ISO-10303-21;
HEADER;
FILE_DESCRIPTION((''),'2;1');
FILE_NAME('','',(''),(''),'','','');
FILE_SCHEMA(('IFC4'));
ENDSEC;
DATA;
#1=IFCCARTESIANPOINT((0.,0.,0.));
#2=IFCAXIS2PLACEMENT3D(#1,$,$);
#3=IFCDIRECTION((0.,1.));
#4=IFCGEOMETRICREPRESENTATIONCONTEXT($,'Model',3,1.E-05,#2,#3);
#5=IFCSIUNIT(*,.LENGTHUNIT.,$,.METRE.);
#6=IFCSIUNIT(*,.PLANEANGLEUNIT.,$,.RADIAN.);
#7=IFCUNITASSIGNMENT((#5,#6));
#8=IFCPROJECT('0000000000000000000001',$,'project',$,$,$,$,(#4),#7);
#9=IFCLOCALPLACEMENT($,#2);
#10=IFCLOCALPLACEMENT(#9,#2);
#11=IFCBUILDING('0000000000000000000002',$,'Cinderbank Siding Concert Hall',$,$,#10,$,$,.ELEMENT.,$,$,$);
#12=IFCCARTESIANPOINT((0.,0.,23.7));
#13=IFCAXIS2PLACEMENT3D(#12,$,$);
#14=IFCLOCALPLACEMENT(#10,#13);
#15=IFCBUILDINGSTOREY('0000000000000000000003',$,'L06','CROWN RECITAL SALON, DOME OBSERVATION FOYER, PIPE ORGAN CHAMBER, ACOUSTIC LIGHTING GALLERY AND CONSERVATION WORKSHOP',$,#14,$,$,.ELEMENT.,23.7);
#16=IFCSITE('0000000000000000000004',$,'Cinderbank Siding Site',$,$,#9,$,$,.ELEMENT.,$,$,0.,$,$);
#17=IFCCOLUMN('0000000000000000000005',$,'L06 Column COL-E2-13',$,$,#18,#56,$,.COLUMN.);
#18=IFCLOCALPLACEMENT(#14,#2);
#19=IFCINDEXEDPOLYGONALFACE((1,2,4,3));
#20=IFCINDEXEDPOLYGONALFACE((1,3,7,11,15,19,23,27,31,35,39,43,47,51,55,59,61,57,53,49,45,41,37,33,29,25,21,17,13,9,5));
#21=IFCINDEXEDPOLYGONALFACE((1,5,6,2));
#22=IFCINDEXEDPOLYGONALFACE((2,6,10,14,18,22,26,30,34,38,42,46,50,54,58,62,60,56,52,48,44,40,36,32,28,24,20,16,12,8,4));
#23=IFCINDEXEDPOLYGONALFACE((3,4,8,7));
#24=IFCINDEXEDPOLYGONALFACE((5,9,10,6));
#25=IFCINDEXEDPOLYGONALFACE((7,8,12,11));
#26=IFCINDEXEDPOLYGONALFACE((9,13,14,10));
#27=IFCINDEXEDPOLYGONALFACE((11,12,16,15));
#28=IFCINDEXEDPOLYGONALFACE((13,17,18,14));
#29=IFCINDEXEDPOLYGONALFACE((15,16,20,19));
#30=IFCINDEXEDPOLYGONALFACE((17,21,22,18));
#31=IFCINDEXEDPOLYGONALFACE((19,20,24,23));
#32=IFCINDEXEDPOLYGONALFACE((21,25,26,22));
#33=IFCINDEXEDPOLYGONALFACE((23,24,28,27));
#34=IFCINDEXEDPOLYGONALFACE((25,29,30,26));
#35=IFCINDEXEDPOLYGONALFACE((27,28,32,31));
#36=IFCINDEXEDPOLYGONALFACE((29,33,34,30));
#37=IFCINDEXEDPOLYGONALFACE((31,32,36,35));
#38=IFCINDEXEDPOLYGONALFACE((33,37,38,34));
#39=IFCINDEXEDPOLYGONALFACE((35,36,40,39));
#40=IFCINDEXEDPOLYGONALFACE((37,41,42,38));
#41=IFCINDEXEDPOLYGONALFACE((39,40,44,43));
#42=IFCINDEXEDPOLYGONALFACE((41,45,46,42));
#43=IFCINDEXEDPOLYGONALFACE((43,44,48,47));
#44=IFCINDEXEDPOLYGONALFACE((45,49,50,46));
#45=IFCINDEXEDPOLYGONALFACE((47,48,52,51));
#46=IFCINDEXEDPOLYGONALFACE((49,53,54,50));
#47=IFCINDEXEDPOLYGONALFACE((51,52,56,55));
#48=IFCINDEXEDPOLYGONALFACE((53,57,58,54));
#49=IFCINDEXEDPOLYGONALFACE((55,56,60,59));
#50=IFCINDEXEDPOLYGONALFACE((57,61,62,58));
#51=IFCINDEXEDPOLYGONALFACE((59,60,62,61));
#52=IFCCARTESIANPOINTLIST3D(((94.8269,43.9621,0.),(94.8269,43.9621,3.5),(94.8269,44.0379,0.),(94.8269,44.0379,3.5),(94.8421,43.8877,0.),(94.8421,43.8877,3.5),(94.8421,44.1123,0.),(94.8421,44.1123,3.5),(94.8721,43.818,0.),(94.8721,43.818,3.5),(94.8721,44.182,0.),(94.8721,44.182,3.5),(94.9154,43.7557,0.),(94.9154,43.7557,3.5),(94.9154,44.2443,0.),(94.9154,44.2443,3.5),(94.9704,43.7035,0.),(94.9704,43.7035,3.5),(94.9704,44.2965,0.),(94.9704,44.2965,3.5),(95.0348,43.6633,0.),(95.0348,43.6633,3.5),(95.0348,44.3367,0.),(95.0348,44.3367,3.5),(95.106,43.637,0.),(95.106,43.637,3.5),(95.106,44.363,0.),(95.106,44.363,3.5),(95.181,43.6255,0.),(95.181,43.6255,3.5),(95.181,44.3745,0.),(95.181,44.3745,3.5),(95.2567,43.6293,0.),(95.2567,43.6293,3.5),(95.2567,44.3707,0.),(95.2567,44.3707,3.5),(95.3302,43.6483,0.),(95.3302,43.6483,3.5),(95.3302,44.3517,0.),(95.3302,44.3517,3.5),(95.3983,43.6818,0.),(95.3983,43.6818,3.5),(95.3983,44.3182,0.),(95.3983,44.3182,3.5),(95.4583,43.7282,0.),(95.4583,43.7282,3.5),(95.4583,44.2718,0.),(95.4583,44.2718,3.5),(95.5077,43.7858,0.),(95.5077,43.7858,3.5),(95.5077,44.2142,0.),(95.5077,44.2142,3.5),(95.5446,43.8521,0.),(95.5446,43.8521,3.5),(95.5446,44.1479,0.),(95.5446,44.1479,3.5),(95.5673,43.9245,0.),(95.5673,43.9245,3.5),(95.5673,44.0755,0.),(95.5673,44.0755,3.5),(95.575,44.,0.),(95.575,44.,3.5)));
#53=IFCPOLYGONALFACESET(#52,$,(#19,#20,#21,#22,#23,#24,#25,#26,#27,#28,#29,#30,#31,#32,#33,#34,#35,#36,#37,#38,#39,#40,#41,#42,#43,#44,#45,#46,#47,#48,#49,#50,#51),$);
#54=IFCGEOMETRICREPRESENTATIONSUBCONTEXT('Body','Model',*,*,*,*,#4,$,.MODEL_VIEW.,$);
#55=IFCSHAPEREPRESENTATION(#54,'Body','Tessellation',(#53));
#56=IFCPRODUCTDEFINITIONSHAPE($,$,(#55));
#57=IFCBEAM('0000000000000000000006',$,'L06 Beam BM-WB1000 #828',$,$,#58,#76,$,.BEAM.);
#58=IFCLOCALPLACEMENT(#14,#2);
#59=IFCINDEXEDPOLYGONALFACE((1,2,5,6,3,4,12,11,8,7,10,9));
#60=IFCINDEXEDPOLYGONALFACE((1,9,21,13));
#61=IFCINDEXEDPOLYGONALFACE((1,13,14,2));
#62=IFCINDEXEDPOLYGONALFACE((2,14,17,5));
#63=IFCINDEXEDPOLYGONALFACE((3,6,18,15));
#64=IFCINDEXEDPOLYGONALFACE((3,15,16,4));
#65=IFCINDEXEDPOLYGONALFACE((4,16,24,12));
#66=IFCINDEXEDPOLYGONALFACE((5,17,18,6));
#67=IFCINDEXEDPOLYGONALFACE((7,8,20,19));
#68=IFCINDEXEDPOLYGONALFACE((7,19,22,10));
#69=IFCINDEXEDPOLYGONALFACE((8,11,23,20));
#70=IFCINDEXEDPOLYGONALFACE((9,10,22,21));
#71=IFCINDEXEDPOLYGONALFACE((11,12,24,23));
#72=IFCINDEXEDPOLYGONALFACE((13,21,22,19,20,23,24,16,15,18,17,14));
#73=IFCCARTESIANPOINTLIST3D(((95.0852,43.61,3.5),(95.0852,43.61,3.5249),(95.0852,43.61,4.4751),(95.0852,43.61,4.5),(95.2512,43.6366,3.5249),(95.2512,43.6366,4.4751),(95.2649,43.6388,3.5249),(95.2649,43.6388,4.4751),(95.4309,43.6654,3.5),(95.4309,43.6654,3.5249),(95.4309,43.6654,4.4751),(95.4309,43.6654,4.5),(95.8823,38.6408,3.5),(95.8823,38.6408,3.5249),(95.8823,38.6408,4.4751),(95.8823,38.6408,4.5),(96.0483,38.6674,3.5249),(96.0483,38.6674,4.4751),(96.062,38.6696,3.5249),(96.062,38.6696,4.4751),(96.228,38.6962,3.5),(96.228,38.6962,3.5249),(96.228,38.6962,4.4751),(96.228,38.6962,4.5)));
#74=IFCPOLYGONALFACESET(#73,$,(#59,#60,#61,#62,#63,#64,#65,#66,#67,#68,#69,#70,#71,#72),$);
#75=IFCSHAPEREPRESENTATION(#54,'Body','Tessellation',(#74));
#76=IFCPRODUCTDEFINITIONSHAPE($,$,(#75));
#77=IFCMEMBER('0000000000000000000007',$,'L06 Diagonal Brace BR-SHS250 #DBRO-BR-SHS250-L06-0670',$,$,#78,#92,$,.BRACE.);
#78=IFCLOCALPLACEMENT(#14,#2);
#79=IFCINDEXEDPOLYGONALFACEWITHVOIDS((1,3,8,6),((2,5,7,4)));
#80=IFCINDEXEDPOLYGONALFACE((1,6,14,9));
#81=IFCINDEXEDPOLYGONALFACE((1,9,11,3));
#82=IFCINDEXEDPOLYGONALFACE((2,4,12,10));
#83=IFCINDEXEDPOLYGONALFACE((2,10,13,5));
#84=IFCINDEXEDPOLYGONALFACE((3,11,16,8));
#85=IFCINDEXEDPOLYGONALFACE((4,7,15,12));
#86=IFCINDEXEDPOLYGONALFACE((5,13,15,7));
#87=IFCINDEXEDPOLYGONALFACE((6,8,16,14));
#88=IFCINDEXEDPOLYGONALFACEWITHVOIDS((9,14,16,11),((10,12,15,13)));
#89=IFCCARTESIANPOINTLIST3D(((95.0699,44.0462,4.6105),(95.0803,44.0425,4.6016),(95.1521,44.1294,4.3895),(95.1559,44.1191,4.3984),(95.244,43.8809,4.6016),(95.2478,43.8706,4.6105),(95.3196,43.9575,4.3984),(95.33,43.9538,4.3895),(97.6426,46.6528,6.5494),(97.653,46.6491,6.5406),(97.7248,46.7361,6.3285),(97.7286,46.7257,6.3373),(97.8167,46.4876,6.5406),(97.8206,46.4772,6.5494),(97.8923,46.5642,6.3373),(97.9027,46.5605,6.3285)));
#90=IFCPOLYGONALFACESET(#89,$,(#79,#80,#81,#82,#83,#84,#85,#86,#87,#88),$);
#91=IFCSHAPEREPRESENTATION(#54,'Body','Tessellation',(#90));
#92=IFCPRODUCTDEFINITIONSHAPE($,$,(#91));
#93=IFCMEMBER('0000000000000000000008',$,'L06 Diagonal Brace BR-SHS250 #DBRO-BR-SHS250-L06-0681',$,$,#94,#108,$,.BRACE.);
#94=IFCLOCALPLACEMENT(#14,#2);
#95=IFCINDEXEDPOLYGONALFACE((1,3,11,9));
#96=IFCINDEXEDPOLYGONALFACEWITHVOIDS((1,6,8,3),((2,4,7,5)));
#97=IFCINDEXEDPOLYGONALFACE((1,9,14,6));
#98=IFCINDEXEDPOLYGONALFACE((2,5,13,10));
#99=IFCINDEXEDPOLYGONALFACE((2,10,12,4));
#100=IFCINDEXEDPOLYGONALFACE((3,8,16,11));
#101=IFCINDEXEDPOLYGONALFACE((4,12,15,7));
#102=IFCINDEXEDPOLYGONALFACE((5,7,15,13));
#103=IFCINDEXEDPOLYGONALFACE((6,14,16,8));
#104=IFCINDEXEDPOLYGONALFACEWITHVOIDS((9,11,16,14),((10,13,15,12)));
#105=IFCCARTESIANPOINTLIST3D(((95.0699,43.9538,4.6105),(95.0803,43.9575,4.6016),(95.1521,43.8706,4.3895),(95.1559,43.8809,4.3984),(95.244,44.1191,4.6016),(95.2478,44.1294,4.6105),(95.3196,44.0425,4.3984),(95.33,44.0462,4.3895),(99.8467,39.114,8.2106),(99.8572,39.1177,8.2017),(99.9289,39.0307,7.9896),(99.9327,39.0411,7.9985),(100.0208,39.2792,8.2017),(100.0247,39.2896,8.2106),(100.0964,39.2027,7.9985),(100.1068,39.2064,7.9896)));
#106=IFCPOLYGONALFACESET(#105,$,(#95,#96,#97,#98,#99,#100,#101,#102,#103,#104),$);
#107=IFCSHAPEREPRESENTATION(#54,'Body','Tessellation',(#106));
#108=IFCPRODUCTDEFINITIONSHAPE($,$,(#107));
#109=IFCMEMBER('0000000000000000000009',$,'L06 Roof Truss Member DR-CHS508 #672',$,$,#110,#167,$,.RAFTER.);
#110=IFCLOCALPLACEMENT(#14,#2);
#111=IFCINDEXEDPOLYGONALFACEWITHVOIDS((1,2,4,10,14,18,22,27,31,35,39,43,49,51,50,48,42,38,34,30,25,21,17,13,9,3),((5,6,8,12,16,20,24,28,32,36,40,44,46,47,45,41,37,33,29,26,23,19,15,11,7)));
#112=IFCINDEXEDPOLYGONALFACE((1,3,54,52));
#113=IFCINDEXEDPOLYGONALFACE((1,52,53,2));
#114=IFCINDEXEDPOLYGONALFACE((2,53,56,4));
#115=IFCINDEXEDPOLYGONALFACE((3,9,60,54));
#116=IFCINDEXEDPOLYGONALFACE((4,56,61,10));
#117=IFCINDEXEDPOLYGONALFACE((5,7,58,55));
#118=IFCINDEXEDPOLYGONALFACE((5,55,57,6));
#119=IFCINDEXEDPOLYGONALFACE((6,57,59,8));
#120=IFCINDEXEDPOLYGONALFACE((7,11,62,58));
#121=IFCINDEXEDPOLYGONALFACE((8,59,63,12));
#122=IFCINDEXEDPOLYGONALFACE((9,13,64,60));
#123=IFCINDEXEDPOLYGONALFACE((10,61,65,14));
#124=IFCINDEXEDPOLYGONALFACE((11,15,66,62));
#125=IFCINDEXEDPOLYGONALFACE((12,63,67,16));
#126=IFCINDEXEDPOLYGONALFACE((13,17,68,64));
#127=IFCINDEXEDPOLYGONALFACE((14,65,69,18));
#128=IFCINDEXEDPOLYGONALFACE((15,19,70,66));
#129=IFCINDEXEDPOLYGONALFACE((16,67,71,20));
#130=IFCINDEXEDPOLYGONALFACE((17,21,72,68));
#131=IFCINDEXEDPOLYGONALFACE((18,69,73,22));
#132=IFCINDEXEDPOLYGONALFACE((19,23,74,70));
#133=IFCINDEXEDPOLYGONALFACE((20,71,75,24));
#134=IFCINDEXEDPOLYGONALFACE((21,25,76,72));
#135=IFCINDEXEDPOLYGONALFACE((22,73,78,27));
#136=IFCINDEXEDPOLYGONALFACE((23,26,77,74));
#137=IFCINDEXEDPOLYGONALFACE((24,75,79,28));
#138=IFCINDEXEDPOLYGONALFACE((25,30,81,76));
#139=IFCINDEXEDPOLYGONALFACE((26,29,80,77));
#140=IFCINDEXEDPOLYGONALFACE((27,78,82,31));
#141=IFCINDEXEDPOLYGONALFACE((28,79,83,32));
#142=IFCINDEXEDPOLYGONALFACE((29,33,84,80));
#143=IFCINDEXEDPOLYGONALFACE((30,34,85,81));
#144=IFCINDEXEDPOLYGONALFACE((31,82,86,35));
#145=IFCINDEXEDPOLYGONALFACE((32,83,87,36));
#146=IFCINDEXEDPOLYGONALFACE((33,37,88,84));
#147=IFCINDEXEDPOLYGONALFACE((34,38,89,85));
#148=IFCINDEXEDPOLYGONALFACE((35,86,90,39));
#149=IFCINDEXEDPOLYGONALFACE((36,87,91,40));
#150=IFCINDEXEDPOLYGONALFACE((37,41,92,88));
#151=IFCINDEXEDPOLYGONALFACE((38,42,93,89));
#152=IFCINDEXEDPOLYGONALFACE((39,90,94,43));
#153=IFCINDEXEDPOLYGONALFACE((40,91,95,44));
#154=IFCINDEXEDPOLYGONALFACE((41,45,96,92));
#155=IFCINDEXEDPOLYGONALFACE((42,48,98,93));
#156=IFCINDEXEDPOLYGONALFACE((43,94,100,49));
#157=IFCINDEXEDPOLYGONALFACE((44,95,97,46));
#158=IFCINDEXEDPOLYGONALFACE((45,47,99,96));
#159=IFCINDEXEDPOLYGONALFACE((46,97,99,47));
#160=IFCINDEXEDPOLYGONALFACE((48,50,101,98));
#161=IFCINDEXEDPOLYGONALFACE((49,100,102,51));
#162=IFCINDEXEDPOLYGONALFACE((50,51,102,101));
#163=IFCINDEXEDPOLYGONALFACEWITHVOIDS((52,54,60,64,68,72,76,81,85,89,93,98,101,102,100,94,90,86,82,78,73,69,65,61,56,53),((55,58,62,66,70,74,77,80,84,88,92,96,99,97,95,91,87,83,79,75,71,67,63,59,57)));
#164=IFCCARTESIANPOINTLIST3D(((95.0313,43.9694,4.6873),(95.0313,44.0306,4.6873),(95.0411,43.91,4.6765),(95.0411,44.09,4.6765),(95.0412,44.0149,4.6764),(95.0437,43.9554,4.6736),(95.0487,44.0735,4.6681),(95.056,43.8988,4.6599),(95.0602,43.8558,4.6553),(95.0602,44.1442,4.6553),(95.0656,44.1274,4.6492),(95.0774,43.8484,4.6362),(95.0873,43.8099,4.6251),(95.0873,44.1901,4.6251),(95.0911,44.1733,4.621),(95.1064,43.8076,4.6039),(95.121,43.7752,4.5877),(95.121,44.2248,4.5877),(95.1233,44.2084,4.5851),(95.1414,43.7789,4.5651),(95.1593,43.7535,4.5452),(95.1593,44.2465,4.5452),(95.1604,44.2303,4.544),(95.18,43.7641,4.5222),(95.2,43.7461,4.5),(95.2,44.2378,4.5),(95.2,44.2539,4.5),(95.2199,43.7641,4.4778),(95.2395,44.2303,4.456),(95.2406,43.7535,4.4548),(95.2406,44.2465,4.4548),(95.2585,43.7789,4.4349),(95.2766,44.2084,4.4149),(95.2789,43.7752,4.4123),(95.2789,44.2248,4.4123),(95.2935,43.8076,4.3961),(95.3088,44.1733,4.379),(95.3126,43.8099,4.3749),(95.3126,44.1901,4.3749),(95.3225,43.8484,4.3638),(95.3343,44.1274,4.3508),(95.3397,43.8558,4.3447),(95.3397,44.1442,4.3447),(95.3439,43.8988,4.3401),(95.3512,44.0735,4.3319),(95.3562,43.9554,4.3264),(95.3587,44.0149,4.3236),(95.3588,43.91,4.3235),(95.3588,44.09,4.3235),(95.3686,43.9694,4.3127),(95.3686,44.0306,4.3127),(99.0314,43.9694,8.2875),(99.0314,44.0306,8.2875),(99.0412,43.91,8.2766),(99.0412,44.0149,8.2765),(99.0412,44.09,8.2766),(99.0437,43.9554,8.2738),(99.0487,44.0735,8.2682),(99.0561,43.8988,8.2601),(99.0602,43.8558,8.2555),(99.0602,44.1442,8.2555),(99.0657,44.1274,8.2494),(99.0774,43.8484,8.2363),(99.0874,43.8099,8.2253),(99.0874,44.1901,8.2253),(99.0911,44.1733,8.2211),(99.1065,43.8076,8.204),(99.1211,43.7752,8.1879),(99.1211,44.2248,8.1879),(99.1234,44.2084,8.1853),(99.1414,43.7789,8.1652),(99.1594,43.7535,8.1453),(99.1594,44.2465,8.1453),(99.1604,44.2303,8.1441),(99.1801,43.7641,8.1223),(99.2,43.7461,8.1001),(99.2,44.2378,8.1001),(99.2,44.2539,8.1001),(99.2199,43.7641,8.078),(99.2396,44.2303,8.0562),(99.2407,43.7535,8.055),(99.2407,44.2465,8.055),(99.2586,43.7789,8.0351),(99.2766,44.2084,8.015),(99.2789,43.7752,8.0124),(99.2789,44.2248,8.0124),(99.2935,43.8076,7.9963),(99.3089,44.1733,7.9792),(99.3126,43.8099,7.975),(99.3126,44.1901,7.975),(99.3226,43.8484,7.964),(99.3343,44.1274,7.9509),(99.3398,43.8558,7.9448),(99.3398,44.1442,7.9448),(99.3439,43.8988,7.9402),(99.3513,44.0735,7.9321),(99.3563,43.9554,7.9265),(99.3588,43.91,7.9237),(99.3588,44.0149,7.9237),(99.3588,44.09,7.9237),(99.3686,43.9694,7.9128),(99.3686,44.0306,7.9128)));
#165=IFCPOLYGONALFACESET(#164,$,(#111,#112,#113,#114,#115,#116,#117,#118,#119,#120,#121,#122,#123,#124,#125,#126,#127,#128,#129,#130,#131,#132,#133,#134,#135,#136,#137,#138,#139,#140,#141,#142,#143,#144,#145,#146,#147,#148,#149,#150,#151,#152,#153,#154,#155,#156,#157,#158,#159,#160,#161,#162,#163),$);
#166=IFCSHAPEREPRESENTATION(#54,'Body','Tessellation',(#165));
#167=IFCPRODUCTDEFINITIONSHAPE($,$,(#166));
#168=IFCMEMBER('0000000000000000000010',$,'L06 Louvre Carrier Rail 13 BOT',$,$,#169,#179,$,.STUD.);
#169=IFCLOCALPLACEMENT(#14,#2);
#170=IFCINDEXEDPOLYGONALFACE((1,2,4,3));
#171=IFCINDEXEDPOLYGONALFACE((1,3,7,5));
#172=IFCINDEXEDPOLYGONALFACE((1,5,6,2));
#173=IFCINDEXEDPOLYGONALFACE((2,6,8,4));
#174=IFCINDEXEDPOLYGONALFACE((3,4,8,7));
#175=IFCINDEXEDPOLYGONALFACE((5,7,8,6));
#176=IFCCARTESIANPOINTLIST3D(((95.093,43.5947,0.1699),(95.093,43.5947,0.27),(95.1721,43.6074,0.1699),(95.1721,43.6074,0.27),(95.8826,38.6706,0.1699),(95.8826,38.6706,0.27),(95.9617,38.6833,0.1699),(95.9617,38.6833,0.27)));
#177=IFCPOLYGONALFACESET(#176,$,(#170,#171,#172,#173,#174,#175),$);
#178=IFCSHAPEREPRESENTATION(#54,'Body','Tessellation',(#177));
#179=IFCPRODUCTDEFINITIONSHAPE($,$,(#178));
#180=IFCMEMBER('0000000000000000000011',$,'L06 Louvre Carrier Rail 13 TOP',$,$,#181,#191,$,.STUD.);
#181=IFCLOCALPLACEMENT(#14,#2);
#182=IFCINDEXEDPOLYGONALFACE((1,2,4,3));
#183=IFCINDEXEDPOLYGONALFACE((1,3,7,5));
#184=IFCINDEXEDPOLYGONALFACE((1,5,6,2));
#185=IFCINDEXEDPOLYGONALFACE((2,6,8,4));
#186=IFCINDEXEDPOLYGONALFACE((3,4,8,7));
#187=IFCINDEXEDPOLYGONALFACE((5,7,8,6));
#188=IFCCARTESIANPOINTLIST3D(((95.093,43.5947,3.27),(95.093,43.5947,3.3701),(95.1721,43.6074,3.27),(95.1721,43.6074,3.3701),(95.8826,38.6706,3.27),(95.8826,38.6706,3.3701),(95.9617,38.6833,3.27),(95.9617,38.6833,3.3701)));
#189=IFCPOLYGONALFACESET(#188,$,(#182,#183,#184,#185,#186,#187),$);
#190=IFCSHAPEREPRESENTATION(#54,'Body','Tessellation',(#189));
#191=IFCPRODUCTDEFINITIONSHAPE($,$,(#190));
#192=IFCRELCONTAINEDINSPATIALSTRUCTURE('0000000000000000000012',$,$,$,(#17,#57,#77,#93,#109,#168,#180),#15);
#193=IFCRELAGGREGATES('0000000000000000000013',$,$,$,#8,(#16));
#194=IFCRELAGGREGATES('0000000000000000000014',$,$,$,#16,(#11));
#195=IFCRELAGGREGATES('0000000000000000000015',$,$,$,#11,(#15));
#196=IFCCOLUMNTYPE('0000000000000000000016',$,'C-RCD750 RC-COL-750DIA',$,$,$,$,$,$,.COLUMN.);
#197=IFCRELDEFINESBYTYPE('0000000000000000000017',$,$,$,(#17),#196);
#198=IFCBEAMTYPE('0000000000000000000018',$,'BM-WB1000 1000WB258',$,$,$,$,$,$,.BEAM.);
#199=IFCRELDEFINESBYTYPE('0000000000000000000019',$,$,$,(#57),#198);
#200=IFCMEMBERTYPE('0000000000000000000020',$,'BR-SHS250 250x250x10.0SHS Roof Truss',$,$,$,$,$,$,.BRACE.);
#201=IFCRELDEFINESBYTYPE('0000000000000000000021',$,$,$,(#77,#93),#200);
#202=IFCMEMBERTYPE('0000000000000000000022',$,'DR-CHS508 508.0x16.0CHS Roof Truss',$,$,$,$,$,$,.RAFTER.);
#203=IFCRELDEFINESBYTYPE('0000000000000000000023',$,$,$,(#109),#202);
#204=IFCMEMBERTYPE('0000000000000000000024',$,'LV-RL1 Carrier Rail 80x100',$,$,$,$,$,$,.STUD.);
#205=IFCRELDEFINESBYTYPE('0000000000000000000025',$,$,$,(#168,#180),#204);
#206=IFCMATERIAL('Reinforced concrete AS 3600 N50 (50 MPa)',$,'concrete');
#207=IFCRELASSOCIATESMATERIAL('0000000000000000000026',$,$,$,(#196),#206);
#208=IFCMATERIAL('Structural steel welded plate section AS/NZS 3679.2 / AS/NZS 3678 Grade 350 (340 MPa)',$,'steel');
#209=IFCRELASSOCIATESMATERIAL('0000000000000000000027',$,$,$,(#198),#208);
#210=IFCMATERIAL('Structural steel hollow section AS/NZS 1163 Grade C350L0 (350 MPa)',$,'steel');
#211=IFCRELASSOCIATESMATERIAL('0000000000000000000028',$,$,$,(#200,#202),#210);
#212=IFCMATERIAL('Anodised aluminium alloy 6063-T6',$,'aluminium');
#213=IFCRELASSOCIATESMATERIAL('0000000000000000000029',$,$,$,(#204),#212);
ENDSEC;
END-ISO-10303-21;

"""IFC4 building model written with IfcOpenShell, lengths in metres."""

from ifc_helpers import new_model, si_unit, direction, frame, origin, origin_2d, place, context, subcontext, project, spatial, rectangle, hollow_rectangle, circle, hollow_circle, i_section, extrude, material, material_profile, profile_set, type_object, element, save


model = new_model("IFC4")

# Units and contexts
model_context = context("Model", 3, precision=1e-05, world=origin(), true_north=direction((0.0, 1.0)))
body_context = subcontext(model_context, "Body", "Model", "MODEL_VIEW")
ifc_project = project(units=[si_unit("LENGTHUNIT", "METRE"), si_unit("PLANEANGLEUNIT", "RADIAN")], contexts=[model_context])

# Site, building, storey
site_placement = place(None, origin())
site = spatial("IfcSite", under=ifc_project, at=site_placement, Name="Cinderbank Siding Site", CompositionType="ELEMENT", RefElevation=0.0)
building_placement = place(site_placement, origin())
building = spatial("IfcBuilding", under=site, at=building_placement, Name="Cinderbank Siding Concert Hall", CompositionType="ELEMENT")
storey_placement = place(building_placement, frame((0.0, 0.0, 23.7)))
storey = spatial("IfcBuildingStorey", under=building, at=storey_placement, Name="L06", Description="CROWN RECITAL SALON, DOME OBSERVATION FOYER, PIPE ORGAN CHAMBER, ACOUSTIC LIGHTING GALLERY AND CONSERVATION WORKSHOP", CompositionType="ELEMENT", Elevation=23.7)

# Column
ifc_material_1 = material(Name="Reinforced concrete AS 3600 N50 (50 MPa)", Category="concrete")
ifc_material_profile_1 = material_profile(ifc_material_1, circle(Radius=0.375, at=origin_2d()), Name="RC-COL-750DIA", Category="LoadBearing")
ifc_profile_set_1 = profile_set([ifc_material_profile_1], Name="Reinforced concrete AS 3600 N50 (50 MPa)")
column_type = type_object("IfcColumnType", Name="C-RCD750 RC-COL-750DIA", PredefinedType="COLUMN", material=ifc_profile_set_1)
column_placement = place(storey_placement, frame((95.2, 44.0, 0.0), z_axis=(0.0, 0.0, 1.0), x_axis=(1.0, 0.0, 0.0)))
element("IfcColumn", 1, at=column_placement, inside=storey, type_object=column_type, Name="L06 Column COL-E2-13", PredefinedType="COLUMN", context=body_context, shape_type="SweptSolid", body=[
    extrude(circle(Radius=0.375, at=origin_2d()), origin(), (0.0, 0.0, 1.0), 3.5),
])

# Beam
ifc_material_2 = material(Name="Structural steel welded plate section AS/NZS 3679.2 / AS/NZS 3678 Grade 350 (340 MPa)", Category="steel")
ifc_material_profile_2 = material_profile(ifc_material_2, i_section(OverallWidth=0.3501, OverallDepth=1.0, WebThickness=0.0139, FlangeThickness=0.0249, at=origin_2d()), Name="1000WB258", Category="LoadBearing")
ifc_profile_set_2 = profile_set([ifc_material_profile_2], Name="Structural steel welded plate section AS/NZS 3679.2 / AS/NZS 3678 Grade 350 (340 MPa)")
beam_type = type_object("IfcBeamType", Name="BM-WB1000 1000WB258", PredefinedType="BEAM", material=ifc_profile_set_2)
beam_placement = place(storey_placement, frame((95.2581, 43.6377, 4.0), z_axis=(0.158386, -0.987377, 0.0), x_axis=(0.987377, 0.158386, 0.0)))
element("IfcBeam", 2, at=beam_placement, inside=storey, type_object=beam_type, Name="L06 Beam BM-WB1000 #828", PredefinedType="BEAM", context=body_context, shape_type="SweptSolid", body=[
    extrude(i_section(OverallWidth=0.3501, OverallDepth=1.0, WebThickness=0.0139, FlangeThickness=0.0249, at=origin_2d()), origin(), (0.0, 0.0, 1.0), 5.0327),
])

# Members
ifc_material_3 = material(Name="Structural steel hollow section AS/NZS 1163 Grade C350L0 (350 MPa)", Category="steel")
ifc_material_profile_3 = material_profile(ifc_material_3, hollow_rectangle(XDim=0.25, YDim=0.25, WallThickness=0.01, at=origin_2d()), Name="250x250x10.0SHS", Category="LoadBearing")
ifc_profile_set_3 = profile_set([ifc_material_profile_3], Name="Structural steel hollow section AS/NZS 1163 Grade C350L0 (350 MPa)")
member_type_1 = type_object("IfcMemberType", Name="BR-SHS250 250x250x10.0SHS Roof Truss", PredefinedType="BRACE", material=ifc_profile_set_3)
member_1_placement = place(storey_placement, frame((95.2, 44.0, 4.5), z_axis=(0.620825, 0.629014, 0.467887), x_axis=(-0.711724, 0.702459, 0.0)))
element("IfcMember", 3, at=member_1_placement, inside=storey, type_object=member_type_1, Name="L06 Diagonal Brace BR-SHS250 #DBRO-BR-SHS250-L06-0670", PredefinedType="BRACE", context=body_context, shape_type="SweptSolid", body=[
    extrude(hollow_rectangle(XDim=0.25, YDim=0.25, WallThickness=0.01, at=origin_2d()), origin(), (0.0, 0.0, 1.0), 4.144),
])
member_2_placement = place(storey_placement, frame((95.2, 44.0, 4.5), z_axis=(0.620826, -0.629012, 0.467888), x_axis=(0.711723, 0.70246, 0.0)))
element("IfcMember", 4, at=member_2_placement, inside=storey, type_object=member_type_1, Name="L06 Diagonal Brace BR-SHS250 #DBRO-BR-SHS250-L06-0681", PredefinedType="BRACE", context=body_context, shape_type="SweptSolid", body=[
    extrude(hollow_rectangle(XDim=0.25, YDim=0.25, WallThickness=0.01, at=origin_2d()), origin(), (0.0, 0.0, 1.0), 7.6943),
])
ifc_material_profile_4 = material_profile(ifc_material_3, hollow_circle(Radius=0.2539, WallThickness=0.0161, at=origin_2d()), Name="508.0x16.0CHS", Category="LoadBearing")
ifc_profile_set_4 = profile_set([ifc_material_profile_4], Name="Structural steel hollow section AS/NZS 1163 Grade C350L0 (350 MPa)")
member_type_2 = type_object("IfcMemberType", Name="DR-CHS508 508.0x16.0CHS Roof Truss", PredefinedType="RAFTER", material=ifc_profile_set_4)
member_3_placement = place(storey_placement, frame((95.2, 44.0, 4.5), z_axis=(0.743285, 0.0, 0.668975), x_axis=(0.0, 1.0, 0.0)))
element("IfcMember", 5, at=member_3_placement, inside=storey, type_object=member_type_2, Name="L06 Roof Truss Member DR-CHS508 #672", PredefinedType="RAFTER", context=body_context, shape_type="SweptSolid", body=[
    extrude(hollow_circle(Radius=0.2539, WallThickness=0.0161, at=origin_2d()), origin(), (0.0, 0.0, 1.0), 5.3816),
])
ifc_material_4 = material(Name="Anodised aluminium alloy 6063-T6", Category="aluminium")
ifc_material_profile_5 = material_profile(ifc_material_4, rectangle(XDim=0.0801, YDim=0.1001, at=origin_2d()), Name="ALU-RAIL-80x100", Category="LoadBearing")
ifc_profile_set_5 = profile_set([ifc_material_profile_5], Name="Anodised aluminium alloy 6063-T6")
member_type_3 = type_object("IfcMemberType", Name="LV-RL1 Carrier Rail 80x100", PredefinedType="STUD", material=ifc_profile_set_5)
for number, where, z_axis, x_axis, name in (
    (6, (95.1326, 43.6011, 0.22), (0.158323, -0.987387, 0.0), (0.987387, 0.158323, 0.0), "L06 Louvre Carrier Rail 13 BOT"),
    (7, (95.1326, 43.6011, 3.3201), (0.158323, -0.987387, 0.0), (0.987387, 0.158323, 0.0), "L06 Louvre Carrier Rail 13 TOP"),
):
    element("IfcMember", number, at=place(storey_placement, frame(where, z_axis=z_axis, x_axis=x_axis)), inside=storey, type_object=member_type_3, Name=name, PredefinedType="STUD", context=body_context, shape_type="SweptSolid", body=[
        extrude(rectangle(XDim=0.0801, YDim=0.1001, at=origin_2d()), origin(), (0.0, 0.0, 1.0), 4.9871),
    ])

save(model, "model.ifc")
